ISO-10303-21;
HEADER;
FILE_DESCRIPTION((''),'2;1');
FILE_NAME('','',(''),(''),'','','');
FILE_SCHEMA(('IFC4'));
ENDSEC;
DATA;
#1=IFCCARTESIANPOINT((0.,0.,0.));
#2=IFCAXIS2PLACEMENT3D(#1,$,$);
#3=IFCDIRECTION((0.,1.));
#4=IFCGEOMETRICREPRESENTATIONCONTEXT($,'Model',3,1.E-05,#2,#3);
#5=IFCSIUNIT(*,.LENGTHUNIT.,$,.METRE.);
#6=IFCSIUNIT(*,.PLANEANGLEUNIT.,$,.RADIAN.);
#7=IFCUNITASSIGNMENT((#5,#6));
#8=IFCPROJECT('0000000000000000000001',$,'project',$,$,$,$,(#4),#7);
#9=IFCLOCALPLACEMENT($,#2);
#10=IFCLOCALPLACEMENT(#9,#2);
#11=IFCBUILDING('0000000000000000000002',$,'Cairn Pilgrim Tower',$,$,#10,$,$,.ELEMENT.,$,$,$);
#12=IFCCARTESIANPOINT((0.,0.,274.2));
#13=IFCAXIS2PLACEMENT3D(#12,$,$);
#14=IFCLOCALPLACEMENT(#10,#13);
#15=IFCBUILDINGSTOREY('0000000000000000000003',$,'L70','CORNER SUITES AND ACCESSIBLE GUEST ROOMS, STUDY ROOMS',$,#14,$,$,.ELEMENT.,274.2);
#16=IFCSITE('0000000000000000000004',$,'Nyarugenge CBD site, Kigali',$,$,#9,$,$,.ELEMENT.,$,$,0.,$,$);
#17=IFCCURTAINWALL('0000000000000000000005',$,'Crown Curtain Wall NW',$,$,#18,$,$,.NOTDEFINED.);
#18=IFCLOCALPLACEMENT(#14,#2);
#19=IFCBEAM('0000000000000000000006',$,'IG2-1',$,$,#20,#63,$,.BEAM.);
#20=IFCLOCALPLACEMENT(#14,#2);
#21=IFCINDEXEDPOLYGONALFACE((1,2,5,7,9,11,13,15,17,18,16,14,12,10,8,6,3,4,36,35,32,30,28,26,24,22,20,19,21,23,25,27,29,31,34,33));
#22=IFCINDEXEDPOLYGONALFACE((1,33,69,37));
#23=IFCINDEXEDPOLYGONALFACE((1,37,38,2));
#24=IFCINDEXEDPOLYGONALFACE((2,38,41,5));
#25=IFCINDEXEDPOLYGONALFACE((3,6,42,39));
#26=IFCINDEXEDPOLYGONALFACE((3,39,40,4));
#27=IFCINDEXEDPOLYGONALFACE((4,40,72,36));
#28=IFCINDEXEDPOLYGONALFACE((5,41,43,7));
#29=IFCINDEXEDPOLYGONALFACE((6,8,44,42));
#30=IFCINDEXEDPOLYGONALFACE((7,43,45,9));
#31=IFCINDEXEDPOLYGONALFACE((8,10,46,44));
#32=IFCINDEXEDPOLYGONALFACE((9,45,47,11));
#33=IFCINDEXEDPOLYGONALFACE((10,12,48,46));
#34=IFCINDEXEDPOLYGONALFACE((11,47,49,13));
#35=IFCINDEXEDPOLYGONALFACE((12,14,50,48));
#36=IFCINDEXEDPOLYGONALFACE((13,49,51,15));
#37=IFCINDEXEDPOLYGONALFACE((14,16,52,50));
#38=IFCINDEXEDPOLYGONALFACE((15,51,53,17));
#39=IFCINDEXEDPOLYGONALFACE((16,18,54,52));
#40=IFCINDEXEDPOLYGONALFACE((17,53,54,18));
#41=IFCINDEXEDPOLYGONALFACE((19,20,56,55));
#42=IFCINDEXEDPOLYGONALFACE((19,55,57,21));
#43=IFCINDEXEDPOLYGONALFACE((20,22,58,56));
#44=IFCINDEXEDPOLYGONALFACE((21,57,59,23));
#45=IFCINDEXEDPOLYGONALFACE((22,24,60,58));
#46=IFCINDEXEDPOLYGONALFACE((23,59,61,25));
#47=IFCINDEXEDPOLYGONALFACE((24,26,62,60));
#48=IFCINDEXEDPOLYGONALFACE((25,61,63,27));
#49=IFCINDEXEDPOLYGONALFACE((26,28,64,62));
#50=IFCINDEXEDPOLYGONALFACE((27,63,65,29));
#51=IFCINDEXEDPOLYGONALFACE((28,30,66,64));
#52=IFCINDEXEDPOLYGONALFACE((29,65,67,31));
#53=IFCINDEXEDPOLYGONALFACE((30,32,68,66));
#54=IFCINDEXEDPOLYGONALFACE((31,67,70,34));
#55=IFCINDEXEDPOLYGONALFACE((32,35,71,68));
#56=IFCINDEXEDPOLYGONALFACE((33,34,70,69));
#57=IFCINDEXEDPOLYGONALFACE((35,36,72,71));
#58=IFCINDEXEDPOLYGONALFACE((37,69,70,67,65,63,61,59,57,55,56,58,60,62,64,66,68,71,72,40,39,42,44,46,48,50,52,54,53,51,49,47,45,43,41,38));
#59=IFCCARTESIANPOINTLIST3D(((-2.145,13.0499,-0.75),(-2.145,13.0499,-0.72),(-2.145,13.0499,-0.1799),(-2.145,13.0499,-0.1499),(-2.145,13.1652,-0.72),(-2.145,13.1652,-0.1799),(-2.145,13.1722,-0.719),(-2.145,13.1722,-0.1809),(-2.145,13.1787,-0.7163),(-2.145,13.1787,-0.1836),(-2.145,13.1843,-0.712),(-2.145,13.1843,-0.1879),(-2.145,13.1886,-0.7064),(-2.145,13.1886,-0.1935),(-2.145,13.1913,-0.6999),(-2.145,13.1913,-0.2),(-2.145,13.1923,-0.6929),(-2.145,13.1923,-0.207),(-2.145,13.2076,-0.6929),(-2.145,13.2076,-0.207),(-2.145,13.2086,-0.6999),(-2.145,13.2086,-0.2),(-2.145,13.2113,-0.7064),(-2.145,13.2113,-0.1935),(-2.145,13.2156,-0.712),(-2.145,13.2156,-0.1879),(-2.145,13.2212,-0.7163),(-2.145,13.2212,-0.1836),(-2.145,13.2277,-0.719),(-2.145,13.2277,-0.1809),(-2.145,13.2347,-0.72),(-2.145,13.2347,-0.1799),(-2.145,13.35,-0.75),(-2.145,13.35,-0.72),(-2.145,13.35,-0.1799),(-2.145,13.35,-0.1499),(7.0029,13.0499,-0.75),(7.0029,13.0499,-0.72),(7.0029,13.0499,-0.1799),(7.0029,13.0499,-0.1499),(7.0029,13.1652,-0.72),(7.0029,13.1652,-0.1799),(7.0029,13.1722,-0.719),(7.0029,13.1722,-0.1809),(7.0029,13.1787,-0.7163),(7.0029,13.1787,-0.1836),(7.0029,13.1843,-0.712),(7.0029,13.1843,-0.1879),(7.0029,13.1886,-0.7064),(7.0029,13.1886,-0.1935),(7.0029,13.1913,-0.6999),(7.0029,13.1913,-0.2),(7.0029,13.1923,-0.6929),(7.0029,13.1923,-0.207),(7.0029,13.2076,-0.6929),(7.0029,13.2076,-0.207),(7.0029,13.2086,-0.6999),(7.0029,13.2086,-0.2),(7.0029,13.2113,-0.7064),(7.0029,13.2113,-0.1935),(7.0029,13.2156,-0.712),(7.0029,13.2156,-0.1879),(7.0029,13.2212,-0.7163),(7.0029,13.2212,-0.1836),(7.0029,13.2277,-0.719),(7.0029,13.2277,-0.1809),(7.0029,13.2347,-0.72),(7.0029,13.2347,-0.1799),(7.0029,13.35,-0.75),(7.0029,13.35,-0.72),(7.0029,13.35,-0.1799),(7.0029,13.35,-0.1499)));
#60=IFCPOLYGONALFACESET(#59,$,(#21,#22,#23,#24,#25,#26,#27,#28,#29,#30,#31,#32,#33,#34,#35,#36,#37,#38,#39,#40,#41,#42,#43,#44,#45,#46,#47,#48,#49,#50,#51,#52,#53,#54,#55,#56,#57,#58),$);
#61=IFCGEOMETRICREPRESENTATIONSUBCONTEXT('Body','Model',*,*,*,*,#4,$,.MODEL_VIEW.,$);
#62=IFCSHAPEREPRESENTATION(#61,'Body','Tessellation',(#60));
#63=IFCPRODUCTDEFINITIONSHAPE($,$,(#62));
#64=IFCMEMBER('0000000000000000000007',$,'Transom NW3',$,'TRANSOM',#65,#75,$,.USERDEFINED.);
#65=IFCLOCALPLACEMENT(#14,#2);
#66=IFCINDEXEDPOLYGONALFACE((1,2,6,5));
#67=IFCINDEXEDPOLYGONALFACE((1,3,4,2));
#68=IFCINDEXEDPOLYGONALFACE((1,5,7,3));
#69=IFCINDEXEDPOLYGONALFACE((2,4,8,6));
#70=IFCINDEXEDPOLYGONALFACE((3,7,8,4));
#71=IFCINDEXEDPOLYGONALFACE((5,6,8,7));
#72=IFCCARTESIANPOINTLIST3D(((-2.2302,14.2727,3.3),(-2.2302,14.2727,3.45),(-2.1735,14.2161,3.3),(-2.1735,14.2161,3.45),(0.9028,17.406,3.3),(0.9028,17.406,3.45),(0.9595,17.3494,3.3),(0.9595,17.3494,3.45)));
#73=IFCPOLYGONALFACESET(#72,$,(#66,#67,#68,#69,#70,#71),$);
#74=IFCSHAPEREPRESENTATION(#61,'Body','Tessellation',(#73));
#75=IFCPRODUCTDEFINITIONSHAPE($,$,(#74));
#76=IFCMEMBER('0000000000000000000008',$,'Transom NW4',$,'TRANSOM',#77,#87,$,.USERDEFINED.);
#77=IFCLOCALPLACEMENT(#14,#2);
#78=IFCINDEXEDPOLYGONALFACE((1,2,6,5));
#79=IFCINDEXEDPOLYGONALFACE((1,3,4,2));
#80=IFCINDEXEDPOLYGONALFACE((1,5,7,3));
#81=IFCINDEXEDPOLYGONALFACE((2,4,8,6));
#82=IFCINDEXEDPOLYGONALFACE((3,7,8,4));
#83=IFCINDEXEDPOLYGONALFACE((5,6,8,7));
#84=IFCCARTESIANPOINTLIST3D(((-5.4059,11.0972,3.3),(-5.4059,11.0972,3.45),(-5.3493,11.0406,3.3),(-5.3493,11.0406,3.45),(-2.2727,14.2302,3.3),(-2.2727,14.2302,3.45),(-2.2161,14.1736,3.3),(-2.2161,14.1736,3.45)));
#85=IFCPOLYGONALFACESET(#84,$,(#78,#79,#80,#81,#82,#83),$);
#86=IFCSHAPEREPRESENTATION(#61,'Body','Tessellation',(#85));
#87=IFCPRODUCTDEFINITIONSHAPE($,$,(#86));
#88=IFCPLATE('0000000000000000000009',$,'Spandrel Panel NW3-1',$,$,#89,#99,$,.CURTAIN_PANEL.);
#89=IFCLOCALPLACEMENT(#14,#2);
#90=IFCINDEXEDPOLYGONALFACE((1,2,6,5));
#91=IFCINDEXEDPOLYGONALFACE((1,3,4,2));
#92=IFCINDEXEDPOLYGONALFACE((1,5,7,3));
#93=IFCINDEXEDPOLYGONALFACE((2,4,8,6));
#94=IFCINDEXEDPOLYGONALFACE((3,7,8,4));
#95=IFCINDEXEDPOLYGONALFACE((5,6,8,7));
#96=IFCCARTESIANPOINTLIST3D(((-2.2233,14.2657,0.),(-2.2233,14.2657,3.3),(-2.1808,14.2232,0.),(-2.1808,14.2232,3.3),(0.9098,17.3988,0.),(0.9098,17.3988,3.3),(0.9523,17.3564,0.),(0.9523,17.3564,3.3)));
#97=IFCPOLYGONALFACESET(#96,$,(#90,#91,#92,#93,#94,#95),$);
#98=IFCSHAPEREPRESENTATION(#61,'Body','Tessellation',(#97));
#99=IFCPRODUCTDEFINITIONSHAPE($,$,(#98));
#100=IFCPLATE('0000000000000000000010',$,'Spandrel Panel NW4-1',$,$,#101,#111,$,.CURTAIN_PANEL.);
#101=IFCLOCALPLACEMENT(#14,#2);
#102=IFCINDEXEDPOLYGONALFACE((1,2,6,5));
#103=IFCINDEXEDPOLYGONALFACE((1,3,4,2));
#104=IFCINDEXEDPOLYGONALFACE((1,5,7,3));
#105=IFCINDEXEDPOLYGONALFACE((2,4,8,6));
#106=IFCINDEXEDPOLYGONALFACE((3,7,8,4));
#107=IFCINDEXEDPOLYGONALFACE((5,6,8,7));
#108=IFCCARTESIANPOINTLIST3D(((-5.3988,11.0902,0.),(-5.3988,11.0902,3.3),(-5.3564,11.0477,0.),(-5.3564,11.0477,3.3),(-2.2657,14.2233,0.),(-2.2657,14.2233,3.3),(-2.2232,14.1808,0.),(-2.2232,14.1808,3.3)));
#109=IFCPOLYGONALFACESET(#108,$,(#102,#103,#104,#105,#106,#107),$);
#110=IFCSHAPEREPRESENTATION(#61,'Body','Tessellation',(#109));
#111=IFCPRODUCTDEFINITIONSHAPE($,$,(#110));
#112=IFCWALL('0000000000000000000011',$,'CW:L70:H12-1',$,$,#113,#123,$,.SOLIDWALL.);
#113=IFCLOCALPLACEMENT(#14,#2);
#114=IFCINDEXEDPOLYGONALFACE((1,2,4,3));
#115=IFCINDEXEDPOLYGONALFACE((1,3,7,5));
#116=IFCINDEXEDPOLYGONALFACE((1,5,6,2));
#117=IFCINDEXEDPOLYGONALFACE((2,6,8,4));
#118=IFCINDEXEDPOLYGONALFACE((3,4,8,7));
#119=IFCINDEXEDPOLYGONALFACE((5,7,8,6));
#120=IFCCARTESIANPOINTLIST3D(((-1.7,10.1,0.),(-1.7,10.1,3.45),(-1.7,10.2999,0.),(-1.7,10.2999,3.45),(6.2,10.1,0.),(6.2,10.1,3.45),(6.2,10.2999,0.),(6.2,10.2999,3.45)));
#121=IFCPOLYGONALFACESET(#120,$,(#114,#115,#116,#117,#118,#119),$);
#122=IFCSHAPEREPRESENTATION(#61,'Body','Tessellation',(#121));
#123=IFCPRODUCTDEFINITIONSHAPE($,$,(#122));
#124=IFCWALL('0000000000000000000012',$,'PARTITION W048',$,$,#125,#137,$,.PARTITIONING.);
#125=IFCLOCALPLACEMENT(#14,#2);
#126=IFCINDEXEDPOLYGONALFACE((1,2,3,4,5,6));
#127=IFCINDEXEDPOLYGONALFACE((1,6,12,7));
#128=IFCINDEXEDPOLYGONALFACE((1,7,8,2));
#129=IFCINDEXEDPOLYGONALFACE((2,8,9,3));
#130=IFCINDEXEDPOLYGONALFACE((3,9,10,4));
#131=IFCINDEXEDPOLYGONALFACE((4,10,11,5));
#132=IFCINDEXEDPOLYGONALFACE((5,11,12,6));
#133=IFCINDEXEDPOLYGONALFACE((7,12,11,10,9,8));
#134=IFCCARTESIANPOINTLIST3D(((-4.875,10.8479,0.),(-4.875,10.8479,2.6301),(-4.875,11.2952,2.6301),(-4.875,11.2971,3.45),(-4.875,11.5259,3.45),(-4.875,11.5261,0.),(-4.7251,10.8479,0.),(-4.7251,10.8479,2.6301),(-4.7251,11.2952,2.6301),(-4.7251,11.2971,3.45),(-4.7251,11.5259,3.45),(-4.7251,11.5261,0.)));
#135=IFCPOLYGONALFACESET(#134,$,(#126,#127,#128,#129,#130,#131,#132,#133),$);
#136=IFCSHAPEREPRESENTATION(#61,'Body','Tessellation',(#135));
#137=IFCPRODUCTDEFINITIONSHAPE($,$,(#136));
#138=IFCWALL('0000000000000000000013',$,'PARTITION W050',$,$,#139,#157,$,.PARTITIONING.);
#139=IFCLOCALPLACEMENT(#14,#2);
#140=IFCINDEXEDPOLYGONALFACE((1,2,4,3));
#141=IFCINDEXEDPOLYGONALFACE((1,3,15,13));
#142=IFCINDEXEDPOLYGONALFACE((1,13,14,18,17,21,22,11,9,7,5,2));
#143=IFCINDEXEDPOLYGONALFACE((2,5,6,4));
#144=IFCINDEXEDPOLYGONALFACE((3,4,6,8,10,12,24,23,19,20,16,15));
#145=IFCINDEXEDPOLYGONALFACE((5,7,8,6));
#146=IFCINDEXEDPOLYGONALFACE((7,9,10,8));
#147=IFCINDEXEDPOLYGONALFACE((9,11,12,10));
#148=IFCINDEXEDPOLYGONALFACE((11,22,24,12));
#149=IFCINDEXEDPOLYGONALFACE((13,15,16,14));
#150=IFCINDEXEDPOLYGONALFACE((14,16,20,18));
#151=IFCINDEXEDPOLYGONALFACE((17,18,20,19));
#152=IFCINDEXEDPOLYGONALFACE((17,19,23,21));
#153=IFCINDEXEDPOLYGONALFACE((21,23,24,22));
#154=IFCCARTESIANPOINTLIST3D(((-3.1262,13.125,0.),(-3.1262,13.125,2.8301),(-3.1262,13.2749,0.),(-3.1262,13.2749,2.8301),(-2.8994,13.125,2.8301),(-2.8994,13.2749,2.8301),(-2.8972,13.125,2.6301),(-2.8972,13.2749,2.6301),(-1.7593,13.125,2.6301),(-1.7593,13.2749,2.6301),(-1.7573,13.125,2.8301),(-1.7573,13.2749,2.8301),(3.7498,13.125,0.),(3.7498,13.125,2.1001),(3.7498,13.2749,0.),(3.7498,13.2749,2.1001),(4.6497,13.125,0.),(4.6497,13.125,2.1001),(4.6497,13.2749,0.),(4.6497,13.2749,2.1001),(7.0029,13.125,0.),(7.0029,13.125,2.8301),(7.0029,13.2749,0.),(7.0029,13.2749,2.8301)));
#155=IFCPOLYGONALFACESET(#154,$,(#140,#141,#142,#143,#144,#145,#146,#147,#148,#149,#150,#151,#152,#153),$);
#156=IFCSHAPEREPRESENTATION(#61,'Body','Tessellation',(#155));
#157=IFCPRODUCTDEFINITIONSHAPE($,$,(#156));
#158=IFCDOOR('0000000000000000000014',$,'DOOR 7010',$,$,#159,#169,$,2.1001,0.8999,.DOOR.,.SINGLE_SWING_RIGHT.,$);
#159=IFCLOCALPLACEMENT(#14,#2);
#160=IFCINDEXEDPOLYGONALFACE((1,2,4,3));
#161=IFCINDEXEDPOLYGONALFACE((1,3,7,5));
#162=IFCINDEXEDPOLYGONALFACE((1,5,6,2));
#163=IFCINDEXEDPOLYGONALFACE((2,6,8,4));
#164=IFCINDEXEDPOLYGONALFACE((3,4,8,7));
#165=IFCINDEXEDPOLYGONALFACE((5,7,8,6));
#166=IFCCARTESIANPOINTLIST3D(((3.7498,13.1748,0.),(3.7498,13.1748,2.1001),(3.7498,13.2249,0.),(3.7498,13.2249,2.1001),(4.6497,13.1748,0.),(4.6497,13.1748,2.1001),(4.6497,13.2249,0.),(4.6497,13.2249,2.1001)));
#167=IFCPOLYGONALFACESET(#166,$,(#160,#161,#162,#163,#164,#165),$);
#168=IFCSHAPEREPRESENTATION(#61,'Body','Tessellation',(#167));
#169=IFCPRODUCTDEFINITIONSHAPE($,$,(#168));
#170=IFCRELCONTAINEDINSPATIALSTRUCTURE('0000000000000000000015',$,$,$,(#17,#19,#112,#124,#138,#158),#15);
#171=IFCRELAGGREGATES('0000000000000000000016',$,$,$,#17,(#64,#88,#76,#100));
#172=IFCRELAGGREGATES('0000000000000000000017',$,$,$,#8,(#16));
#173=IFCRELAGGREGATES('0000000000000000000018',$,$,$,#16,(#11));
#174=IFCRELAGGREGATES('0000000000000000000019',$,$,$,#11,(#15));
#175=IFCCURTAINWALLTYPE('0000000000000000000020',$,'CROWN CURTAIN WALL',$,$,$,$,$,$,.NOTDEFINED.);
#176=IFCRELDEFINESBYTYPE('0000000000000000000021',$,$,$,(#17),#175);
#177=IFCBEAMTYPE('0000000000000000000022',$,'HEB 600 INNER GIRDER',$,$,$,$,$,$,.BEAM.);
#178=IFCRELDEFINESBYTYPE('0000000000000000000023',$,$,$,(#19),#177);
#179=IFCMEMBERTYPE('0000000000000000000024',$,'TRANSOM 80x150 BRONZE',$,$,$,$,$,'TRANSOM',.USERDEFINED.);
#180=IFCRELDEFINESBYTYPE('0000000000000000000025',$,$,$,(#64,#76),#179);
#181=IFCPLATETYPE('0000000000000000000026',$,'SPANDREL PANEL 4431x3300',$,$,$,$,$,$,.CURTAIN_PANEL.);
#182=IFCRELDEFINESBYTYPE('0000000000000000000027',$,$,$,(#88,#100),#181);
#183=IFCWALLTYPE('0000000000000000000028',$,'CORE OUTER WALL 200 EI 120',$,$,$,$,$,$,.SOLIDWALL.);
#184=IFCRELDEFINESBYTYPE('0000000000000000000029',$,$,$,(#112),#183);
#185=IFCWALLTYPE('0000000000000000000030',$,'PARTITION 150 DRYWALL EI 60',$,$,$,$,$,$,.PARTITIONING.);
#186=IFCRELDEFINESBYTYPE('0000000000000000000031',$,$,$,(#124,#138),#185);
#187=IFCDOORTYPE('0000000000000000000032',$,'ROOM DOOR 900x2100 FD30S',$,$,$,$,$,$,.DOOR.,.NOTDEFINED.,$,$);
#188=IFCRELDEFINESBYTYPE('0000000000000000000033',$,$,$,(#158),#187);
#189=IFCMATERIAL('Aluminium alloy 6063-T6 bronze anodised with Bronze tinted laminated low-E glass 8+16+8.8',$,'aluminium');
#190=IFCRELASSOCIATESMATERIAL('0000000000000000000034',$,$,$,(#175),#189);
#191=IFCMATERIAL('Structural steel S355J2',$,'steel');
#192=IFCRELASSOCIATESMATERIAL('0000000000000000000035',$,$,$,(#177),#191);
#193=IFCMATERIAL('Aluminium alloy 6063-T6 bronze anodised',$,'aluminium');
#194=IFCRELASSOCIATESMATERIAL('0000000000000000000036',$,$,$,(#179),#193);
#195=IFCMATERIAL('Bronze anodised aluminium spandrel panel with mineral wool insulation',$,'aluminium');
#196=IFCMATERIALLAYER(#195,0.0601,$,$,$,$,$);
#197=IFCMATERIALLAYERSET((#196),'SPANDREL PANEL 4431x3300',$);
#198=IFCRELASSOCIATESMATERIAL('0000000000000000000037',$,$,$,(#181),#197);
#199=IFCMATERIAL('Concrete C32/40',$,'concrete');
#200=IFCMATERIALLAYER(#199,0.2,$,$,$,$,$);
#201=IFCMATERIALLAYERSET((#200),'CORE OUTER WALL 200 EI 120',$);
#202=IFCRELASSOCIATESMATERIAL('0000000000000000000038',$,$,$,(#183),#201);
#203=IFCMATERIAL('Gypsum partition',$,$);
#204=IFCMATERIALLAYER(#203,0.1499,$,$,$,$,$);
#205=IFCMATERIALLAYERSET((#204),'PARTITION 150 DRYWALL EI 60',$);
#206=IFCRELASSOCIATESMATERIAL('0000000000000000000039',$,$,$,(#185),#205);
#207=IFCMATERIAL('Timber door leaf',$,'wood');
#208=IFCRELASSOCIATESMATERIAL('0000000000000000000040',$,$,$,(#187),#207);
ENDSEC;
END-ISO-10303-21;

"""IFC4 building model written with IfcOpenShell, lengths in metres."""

from ifc_helpers import new_model, si_unit, direction, frame, frame_2d, origin, origin_2d, place, context, subcontext, project, spatial, polyline, rectangle, i_section, outline, extrude, material, layer, layer_set, material_profile, profile_set, type_object, element, fill, aggregate, save


model = new_model("IFC4")

# Units and contexts
model_context = context("Model", 3, precision=1e-05, world=origin(), true_north=direction((0.0, 1.0)))
body_context = subcontext(model_context, "Body", "Model", "MODEL_VIEW")
ifc_project = project(units=[si_unit("LENGTHUNIT", "METRE"), si_unit("PLANEANGLEUNIT", "RADIAN")], contexts=[model_context])

# Site, building, storey
site_placement = place(None, origin())
site = spatial("IfcSite", under=ifc_project, at=site_placement, Name="Nyarugenge CBD site, Kigali", CompositionType="ELEMENT", RefElevation=0.0)
building_placement = place(site_placement, origin())
building = spatial("IfcBuilding", under=site, at=building_placement, Name="Cairn Pilgrim Tower", CompositionType="ELEMENT")
storey_placement = place(building_placement, frame((0.0, 0.0, 274.2)))
storey = spatial("IfcBuildingStorey", under=building, at=storey_placement, Name="L70", Description="CORNER SUITES AND ACCESSIBLE GUEST ROOMS, STUDY ROOMS", CompositionType="ELEMENT", Elevation=274.2)

# Shared definitions
ifc_material_1 = material(Name="Structural steel S355J2", Category="steel")

# Curtain wall
ifc_material_2 = material(Name="Aluminium alloy 6063-T6 bronze anodised with Bronze tinted laminated low-E glass 8+16+8.8", Category="aluminium")
curtain_wall_type = type_object("IfcCurtainWallType", Name="CROWN CURTAIN WALL", PredefinedType="NOTDEFINED", material=ifc_material_2)
curtain_wall_placement = place(storey_placement, origin())
curtain_wall = element("IfcCurtainWall", 1, at=curtain_wall_placement, inside=storey, type_object=curtain_wall_type, Name="Crown Curtain Wall NW", PredefinedType="NOTDEFINED")
ifc_material_3 = material(Name="Aluminium alloy 6063-T6 bronze anodised", Category="aluminium")

# Beam
ifc_material_profile_1 = material_profile(ifc_material_1, i_section(OverallWidth=0.3, OverallDepth=0.6001, WebThickness=0.0154, FlangeThickness=0.03, FilletRadius=0.0271, at=origin_2d()), Name="HEB 600")
ifc_profile_set_1 = profile_set([ifc_material_profile_1], Name="Structural steel S355J2")
beam_type_1 = type_object("IfcBeamType", Name="HEB 600 INNER GIRDER", PredefinedType="BEAM", material=ifc_profile_set_1)
beam_1_placement = place(storey_placement, frame((-2.145, 13.2, -0.45), z_axis=(1.0, 0.0, 0.0), x_axis=(0.0, 1.0, 0.0)))
element("IfcBeam", 2, at=beam_1_placement, inside=storey, type_object=beam_type_1, Name="IG2-1", PredefinedType="BEAM", context=body_context, shape_type="SweptSolid", body=[
    extrude(i_section(OverallWidth=0.3, OverallDepth=0.6001, WebThickness=0.0154, FlangeThickness=0.03, FilletRadius=0.0271, at=origin_2d()), origin(), (0.0, 0.0, 1.0), 9.1479),
])

# Members
ifc_material_profile_2 = material_profile(ifc_material_3, rectangle(XDim=0.0801, YDim=0.1499, at=origin_2d()), Name="TRANSOM 80x150 BRONZE")
ifc_profile_set_2 = profile_set([ifc_material_profile_2], Name="Aluminium alloy 6063-T6 bronze anodised")
member_type_1 = type_object("IfcMemberType", Name="TRANSOM 80x150 BRONZE", ElementType="TRANSOM", PredefinedType="USERDEFINED", material=ifc_profile_set_2)
member_1_placement = place(storey_placement, frame((0.9312, 17.3777, 3.375), z_axis=(-0.707079, -0.707134, 0.0), x_axis=(0.707134, -0.707079, 0.0)))
member_1 = element("IfcMember", 3, at=member_1_placement, type_object=member_type_1, Name="Transom NW3", ObjectType="TRANSOM", PredefinedType="USERDEFINED", context=body_context, shape_type="SweptSolid", body=[
    extrude(rectangle(XDim=0.0801, YDim=0.1499, at=origin_2d()), origin(), (0.0, 0.0, 1.0), 4.4309),
])
member_2_placement = place(storey_placement, frame((-2.2444, 14.2019, 3.375), z_axis=(-0.707134, -0.707079, 0.0), x_axis=(0.707079, -0.707134, 0.0)))
member_2 = element("IfcMember", 4, at=member_2_placement, type_object=member_type_1, Name="Transom NW4", ObjectType="TRANSOM", PredefinedType="USERDEFINED", context=body_context, shape_type="SweptSolid", body=[
    extrude(rectangle(XDim=0.0801, YDim=0.1499, at=origin_2d()), origin(), (0.0, 0.0, 1.0), 4.4309),
])

# Plates
ifc_material_4 = material(Name="Bronze anodised aluminium spandrel panel with mineral wool insulation", Category="aluminium")
ifc_layer_1 = layer(ifc_material_4, 0.0601)
ifc_layer_set_1 = layer_set([ifc_layer_1], Name="SPANDREL PANEL 4431x3300")
plate_type = type_object("IfcPlateType", Name="SPANDREL PANEL 4431x3300", PredefinedType="CURTAIN_PANEL", material=ifc_layer_set_1)
plate_1_placement = place(storey_placement, frame((-0.6355, 15.811, 0.0), z_axis=(0.0, 0.0, 1.0), x_axis=(-0.707107, -0.707107, 0.0)))
plate_1 = element("IfcPlate", 5, at=plate_1_placement, type_object=plate_type, Name="Spandrel Panel NW3-1", PredefinedType="CURTAIN_PANEL", context=body_context, shape_type="SweptSolid", body=[
    extrude(rectangle(XDim=4.4309, YDim=0.0601, at=origin_2d()), origin(), (0.0, 0.0, 1.0), 3.3),
])
plate_2_placement = place(storey_placement, frame((-3.811, 12.6355, 0.0), z_axis=(0.0, 0.0, 1.0), x_axis=(-0.707107, -0.707107, 0.0)))
plate_2 = element("IfcPlate", 6, at=plate_2_placement, type_object=plate_type, Name="Spandrel Panel NW4-1", PredefinedType="CURTAIN_PANEL", context=body_context, shape_type="SweptSolid", body=[
    extrude(rectangle(XDim=4.4309, YDim=0.0601, at=origin_2d()), origin(), (0.0, 0.0, 1.0), 3.3),
])
aggregate(curtain_wall, [member_1, plate_1, member_2, plate_2])

# Walls
ifc_material_5 = material(Name="Concrete C32/40", Category="concrete")
ifc_layer_2 = layer(ifc_material_5, 0.2)
ifc_layer_set_2 = layer_set([ifc_layer_2], Name="CORE OUTER WALL 200 EI 120")
wall_type_1 = type_object("IfcWallType", Name="CORE OUTER WALL 200 EI 120", PredefinedType="SOLIDWALL", material=ifc_layer_set_2)
wall_1_placement = place(storey_placement, frame((-1.7, 10.2, 0.0), z_axis=(0.0, 0.0, 1.0), x_axis=(1.0, 0.0, 0.0)))
element("IfcWall", 7, at=wall_1_placement, inside=storey, type_object=wall_type_1, Name="CW:L70:H12-1", PredefinedType="SOLIDWALL", context=body_context, shape_type="SweptSolid", body=[
    extrude(rectangle(XDim=7.8999, YDim=0.2, at=frame_2d((3.95, 0.0))), origin(), (0.0, 0.0, 1.0), 3.45),
])
ifc_material_6 = material(Name="Gypsum partition")
ifc_layer_3 = layer(ifc_material_6, 0.1499)
ifc_layer_set_3 = layer_set([ifc_layer_3], Name="PARTITION 150 DRYWALL EI 60")
wall_type_2 = type_object("IfcWallType", Name="PARTITION 150 DRYWALL EI 60", PredefinedType="PARTITIONING", material=ifc_layer_set_3)
wall_2_placement = place(storey_placement, frame((-4.8, 10.8479, 0.0), z_axis=(0.0, 0.0, 1.0), x_axis=(0.0, 1.0, 0.0)))
element("IfcWall", 8, at=wall_2_placement, inside=storey, type_object=wall_type_2, Name="PARTITION W048", PredefinedType="PARTITIONING", context=body_context, shape_type="SweptSolid", body=[
    extrude(outline(polyline([(0.0, 0.0), (0.6782, 0.0), (0.678, 3.45), (0.4492, 3.45), (0.4473, 2.6301), (0.0, 2.6301), (0.0, 0.0)])), frame((0.0, 0.075, 0.0), z_axis=(0.0, -1.0, 0.0), x_axis=(1.0, 0.0, 0.0)), (0.0, 0.0, 1.0), 0.1499),
])

# Wall, opening, door
wall_3_placement = place(storey_placement, frame((-3.1262, 13.2, 0.0), z_axis=(0.0, 0.0, 1.0), x_axis=(1.0, 0.0, 0.0)))
wall_3 = element("IfcWall", 9, at=wall_3_placement, inside=storey, type_object=wall_type_2, Name="PARTITION W050", PredefinedType="PARTITIONING", context=body_context, shape_type="SweptSolid", body=[
    extrude(outline(polyline([(0.0, 0.0), (10.1292, 0.0), (10.1292, 2.8301), (1.3689, 2.8301), (1.3669, 2.6301), (0.229, 2.6301), (0.2268, 2.8301), (0.0, 2.8301), (0.0, 0.0)])), frame((0.0, 0.075, 0.0), z_axis=(0.0, -1.0, 0.0), x_axis=(1.0, 0.0, 0.0)), (0.0, 0.0, 1.0), 0.1499),
])
opening_1_placement = place(wall_3_placement, frame((6.876, 0.0, 0.0)))
opening_1 = element("IfcOpeningElement", 10, at=opening_1_placement, cuts=wall_3, PredefinedType="OPENING", context=body_context, shape_type="SweptSolid", body=[
    extrude(rectangle(XDim=0.8999, YDim=2.1001, at=frame_2d((0.45, 1.05))), frame((0.0, 0.085, 0.0), z_axis=(0.0, -1.0, 0.0), x_axis=(1.0, 0.0, 0.0)), (0.0, 0.0, 1.0), 0.1699),
])
ifc_material_7 = material(Name="Timber door leaf", Category="wood")
door_type_1 = type_object("IfcDoorType", Name="ROOM DOOR 900x2100 FD30S", OperationType="NOTDEFINED", PredefinedType="DOOR", material=ifc_material_7)
door_1_placement = place(opening_1_placement, origin())
door_1 = element("IfcDoor", 11, at=door_1_placement, inside=storey, type_object=door_type_1, Name="DOOR 7010", OperationType="SINGLE_SWING_RIGHT", OverallHeight=2.1001, OverallWidth=0.8999, PredefinedType="DOOR", context=body_context, shape_type="SweptSolid", body=[
    extrude(rectangle(XDim=0.8999, YDim=2.1001, at=frame_2d((0.45, 1.05))), frame((0.0, 0.0249, 0.0), z_axis=(0.0, -1.0, 0.0), x_axis=(1.0, 0.0, 0.0)), (0.0, 0.0, 1.0), 0.05),
])
fill(opening_1, door_1)

save(model, "model.ifc")
